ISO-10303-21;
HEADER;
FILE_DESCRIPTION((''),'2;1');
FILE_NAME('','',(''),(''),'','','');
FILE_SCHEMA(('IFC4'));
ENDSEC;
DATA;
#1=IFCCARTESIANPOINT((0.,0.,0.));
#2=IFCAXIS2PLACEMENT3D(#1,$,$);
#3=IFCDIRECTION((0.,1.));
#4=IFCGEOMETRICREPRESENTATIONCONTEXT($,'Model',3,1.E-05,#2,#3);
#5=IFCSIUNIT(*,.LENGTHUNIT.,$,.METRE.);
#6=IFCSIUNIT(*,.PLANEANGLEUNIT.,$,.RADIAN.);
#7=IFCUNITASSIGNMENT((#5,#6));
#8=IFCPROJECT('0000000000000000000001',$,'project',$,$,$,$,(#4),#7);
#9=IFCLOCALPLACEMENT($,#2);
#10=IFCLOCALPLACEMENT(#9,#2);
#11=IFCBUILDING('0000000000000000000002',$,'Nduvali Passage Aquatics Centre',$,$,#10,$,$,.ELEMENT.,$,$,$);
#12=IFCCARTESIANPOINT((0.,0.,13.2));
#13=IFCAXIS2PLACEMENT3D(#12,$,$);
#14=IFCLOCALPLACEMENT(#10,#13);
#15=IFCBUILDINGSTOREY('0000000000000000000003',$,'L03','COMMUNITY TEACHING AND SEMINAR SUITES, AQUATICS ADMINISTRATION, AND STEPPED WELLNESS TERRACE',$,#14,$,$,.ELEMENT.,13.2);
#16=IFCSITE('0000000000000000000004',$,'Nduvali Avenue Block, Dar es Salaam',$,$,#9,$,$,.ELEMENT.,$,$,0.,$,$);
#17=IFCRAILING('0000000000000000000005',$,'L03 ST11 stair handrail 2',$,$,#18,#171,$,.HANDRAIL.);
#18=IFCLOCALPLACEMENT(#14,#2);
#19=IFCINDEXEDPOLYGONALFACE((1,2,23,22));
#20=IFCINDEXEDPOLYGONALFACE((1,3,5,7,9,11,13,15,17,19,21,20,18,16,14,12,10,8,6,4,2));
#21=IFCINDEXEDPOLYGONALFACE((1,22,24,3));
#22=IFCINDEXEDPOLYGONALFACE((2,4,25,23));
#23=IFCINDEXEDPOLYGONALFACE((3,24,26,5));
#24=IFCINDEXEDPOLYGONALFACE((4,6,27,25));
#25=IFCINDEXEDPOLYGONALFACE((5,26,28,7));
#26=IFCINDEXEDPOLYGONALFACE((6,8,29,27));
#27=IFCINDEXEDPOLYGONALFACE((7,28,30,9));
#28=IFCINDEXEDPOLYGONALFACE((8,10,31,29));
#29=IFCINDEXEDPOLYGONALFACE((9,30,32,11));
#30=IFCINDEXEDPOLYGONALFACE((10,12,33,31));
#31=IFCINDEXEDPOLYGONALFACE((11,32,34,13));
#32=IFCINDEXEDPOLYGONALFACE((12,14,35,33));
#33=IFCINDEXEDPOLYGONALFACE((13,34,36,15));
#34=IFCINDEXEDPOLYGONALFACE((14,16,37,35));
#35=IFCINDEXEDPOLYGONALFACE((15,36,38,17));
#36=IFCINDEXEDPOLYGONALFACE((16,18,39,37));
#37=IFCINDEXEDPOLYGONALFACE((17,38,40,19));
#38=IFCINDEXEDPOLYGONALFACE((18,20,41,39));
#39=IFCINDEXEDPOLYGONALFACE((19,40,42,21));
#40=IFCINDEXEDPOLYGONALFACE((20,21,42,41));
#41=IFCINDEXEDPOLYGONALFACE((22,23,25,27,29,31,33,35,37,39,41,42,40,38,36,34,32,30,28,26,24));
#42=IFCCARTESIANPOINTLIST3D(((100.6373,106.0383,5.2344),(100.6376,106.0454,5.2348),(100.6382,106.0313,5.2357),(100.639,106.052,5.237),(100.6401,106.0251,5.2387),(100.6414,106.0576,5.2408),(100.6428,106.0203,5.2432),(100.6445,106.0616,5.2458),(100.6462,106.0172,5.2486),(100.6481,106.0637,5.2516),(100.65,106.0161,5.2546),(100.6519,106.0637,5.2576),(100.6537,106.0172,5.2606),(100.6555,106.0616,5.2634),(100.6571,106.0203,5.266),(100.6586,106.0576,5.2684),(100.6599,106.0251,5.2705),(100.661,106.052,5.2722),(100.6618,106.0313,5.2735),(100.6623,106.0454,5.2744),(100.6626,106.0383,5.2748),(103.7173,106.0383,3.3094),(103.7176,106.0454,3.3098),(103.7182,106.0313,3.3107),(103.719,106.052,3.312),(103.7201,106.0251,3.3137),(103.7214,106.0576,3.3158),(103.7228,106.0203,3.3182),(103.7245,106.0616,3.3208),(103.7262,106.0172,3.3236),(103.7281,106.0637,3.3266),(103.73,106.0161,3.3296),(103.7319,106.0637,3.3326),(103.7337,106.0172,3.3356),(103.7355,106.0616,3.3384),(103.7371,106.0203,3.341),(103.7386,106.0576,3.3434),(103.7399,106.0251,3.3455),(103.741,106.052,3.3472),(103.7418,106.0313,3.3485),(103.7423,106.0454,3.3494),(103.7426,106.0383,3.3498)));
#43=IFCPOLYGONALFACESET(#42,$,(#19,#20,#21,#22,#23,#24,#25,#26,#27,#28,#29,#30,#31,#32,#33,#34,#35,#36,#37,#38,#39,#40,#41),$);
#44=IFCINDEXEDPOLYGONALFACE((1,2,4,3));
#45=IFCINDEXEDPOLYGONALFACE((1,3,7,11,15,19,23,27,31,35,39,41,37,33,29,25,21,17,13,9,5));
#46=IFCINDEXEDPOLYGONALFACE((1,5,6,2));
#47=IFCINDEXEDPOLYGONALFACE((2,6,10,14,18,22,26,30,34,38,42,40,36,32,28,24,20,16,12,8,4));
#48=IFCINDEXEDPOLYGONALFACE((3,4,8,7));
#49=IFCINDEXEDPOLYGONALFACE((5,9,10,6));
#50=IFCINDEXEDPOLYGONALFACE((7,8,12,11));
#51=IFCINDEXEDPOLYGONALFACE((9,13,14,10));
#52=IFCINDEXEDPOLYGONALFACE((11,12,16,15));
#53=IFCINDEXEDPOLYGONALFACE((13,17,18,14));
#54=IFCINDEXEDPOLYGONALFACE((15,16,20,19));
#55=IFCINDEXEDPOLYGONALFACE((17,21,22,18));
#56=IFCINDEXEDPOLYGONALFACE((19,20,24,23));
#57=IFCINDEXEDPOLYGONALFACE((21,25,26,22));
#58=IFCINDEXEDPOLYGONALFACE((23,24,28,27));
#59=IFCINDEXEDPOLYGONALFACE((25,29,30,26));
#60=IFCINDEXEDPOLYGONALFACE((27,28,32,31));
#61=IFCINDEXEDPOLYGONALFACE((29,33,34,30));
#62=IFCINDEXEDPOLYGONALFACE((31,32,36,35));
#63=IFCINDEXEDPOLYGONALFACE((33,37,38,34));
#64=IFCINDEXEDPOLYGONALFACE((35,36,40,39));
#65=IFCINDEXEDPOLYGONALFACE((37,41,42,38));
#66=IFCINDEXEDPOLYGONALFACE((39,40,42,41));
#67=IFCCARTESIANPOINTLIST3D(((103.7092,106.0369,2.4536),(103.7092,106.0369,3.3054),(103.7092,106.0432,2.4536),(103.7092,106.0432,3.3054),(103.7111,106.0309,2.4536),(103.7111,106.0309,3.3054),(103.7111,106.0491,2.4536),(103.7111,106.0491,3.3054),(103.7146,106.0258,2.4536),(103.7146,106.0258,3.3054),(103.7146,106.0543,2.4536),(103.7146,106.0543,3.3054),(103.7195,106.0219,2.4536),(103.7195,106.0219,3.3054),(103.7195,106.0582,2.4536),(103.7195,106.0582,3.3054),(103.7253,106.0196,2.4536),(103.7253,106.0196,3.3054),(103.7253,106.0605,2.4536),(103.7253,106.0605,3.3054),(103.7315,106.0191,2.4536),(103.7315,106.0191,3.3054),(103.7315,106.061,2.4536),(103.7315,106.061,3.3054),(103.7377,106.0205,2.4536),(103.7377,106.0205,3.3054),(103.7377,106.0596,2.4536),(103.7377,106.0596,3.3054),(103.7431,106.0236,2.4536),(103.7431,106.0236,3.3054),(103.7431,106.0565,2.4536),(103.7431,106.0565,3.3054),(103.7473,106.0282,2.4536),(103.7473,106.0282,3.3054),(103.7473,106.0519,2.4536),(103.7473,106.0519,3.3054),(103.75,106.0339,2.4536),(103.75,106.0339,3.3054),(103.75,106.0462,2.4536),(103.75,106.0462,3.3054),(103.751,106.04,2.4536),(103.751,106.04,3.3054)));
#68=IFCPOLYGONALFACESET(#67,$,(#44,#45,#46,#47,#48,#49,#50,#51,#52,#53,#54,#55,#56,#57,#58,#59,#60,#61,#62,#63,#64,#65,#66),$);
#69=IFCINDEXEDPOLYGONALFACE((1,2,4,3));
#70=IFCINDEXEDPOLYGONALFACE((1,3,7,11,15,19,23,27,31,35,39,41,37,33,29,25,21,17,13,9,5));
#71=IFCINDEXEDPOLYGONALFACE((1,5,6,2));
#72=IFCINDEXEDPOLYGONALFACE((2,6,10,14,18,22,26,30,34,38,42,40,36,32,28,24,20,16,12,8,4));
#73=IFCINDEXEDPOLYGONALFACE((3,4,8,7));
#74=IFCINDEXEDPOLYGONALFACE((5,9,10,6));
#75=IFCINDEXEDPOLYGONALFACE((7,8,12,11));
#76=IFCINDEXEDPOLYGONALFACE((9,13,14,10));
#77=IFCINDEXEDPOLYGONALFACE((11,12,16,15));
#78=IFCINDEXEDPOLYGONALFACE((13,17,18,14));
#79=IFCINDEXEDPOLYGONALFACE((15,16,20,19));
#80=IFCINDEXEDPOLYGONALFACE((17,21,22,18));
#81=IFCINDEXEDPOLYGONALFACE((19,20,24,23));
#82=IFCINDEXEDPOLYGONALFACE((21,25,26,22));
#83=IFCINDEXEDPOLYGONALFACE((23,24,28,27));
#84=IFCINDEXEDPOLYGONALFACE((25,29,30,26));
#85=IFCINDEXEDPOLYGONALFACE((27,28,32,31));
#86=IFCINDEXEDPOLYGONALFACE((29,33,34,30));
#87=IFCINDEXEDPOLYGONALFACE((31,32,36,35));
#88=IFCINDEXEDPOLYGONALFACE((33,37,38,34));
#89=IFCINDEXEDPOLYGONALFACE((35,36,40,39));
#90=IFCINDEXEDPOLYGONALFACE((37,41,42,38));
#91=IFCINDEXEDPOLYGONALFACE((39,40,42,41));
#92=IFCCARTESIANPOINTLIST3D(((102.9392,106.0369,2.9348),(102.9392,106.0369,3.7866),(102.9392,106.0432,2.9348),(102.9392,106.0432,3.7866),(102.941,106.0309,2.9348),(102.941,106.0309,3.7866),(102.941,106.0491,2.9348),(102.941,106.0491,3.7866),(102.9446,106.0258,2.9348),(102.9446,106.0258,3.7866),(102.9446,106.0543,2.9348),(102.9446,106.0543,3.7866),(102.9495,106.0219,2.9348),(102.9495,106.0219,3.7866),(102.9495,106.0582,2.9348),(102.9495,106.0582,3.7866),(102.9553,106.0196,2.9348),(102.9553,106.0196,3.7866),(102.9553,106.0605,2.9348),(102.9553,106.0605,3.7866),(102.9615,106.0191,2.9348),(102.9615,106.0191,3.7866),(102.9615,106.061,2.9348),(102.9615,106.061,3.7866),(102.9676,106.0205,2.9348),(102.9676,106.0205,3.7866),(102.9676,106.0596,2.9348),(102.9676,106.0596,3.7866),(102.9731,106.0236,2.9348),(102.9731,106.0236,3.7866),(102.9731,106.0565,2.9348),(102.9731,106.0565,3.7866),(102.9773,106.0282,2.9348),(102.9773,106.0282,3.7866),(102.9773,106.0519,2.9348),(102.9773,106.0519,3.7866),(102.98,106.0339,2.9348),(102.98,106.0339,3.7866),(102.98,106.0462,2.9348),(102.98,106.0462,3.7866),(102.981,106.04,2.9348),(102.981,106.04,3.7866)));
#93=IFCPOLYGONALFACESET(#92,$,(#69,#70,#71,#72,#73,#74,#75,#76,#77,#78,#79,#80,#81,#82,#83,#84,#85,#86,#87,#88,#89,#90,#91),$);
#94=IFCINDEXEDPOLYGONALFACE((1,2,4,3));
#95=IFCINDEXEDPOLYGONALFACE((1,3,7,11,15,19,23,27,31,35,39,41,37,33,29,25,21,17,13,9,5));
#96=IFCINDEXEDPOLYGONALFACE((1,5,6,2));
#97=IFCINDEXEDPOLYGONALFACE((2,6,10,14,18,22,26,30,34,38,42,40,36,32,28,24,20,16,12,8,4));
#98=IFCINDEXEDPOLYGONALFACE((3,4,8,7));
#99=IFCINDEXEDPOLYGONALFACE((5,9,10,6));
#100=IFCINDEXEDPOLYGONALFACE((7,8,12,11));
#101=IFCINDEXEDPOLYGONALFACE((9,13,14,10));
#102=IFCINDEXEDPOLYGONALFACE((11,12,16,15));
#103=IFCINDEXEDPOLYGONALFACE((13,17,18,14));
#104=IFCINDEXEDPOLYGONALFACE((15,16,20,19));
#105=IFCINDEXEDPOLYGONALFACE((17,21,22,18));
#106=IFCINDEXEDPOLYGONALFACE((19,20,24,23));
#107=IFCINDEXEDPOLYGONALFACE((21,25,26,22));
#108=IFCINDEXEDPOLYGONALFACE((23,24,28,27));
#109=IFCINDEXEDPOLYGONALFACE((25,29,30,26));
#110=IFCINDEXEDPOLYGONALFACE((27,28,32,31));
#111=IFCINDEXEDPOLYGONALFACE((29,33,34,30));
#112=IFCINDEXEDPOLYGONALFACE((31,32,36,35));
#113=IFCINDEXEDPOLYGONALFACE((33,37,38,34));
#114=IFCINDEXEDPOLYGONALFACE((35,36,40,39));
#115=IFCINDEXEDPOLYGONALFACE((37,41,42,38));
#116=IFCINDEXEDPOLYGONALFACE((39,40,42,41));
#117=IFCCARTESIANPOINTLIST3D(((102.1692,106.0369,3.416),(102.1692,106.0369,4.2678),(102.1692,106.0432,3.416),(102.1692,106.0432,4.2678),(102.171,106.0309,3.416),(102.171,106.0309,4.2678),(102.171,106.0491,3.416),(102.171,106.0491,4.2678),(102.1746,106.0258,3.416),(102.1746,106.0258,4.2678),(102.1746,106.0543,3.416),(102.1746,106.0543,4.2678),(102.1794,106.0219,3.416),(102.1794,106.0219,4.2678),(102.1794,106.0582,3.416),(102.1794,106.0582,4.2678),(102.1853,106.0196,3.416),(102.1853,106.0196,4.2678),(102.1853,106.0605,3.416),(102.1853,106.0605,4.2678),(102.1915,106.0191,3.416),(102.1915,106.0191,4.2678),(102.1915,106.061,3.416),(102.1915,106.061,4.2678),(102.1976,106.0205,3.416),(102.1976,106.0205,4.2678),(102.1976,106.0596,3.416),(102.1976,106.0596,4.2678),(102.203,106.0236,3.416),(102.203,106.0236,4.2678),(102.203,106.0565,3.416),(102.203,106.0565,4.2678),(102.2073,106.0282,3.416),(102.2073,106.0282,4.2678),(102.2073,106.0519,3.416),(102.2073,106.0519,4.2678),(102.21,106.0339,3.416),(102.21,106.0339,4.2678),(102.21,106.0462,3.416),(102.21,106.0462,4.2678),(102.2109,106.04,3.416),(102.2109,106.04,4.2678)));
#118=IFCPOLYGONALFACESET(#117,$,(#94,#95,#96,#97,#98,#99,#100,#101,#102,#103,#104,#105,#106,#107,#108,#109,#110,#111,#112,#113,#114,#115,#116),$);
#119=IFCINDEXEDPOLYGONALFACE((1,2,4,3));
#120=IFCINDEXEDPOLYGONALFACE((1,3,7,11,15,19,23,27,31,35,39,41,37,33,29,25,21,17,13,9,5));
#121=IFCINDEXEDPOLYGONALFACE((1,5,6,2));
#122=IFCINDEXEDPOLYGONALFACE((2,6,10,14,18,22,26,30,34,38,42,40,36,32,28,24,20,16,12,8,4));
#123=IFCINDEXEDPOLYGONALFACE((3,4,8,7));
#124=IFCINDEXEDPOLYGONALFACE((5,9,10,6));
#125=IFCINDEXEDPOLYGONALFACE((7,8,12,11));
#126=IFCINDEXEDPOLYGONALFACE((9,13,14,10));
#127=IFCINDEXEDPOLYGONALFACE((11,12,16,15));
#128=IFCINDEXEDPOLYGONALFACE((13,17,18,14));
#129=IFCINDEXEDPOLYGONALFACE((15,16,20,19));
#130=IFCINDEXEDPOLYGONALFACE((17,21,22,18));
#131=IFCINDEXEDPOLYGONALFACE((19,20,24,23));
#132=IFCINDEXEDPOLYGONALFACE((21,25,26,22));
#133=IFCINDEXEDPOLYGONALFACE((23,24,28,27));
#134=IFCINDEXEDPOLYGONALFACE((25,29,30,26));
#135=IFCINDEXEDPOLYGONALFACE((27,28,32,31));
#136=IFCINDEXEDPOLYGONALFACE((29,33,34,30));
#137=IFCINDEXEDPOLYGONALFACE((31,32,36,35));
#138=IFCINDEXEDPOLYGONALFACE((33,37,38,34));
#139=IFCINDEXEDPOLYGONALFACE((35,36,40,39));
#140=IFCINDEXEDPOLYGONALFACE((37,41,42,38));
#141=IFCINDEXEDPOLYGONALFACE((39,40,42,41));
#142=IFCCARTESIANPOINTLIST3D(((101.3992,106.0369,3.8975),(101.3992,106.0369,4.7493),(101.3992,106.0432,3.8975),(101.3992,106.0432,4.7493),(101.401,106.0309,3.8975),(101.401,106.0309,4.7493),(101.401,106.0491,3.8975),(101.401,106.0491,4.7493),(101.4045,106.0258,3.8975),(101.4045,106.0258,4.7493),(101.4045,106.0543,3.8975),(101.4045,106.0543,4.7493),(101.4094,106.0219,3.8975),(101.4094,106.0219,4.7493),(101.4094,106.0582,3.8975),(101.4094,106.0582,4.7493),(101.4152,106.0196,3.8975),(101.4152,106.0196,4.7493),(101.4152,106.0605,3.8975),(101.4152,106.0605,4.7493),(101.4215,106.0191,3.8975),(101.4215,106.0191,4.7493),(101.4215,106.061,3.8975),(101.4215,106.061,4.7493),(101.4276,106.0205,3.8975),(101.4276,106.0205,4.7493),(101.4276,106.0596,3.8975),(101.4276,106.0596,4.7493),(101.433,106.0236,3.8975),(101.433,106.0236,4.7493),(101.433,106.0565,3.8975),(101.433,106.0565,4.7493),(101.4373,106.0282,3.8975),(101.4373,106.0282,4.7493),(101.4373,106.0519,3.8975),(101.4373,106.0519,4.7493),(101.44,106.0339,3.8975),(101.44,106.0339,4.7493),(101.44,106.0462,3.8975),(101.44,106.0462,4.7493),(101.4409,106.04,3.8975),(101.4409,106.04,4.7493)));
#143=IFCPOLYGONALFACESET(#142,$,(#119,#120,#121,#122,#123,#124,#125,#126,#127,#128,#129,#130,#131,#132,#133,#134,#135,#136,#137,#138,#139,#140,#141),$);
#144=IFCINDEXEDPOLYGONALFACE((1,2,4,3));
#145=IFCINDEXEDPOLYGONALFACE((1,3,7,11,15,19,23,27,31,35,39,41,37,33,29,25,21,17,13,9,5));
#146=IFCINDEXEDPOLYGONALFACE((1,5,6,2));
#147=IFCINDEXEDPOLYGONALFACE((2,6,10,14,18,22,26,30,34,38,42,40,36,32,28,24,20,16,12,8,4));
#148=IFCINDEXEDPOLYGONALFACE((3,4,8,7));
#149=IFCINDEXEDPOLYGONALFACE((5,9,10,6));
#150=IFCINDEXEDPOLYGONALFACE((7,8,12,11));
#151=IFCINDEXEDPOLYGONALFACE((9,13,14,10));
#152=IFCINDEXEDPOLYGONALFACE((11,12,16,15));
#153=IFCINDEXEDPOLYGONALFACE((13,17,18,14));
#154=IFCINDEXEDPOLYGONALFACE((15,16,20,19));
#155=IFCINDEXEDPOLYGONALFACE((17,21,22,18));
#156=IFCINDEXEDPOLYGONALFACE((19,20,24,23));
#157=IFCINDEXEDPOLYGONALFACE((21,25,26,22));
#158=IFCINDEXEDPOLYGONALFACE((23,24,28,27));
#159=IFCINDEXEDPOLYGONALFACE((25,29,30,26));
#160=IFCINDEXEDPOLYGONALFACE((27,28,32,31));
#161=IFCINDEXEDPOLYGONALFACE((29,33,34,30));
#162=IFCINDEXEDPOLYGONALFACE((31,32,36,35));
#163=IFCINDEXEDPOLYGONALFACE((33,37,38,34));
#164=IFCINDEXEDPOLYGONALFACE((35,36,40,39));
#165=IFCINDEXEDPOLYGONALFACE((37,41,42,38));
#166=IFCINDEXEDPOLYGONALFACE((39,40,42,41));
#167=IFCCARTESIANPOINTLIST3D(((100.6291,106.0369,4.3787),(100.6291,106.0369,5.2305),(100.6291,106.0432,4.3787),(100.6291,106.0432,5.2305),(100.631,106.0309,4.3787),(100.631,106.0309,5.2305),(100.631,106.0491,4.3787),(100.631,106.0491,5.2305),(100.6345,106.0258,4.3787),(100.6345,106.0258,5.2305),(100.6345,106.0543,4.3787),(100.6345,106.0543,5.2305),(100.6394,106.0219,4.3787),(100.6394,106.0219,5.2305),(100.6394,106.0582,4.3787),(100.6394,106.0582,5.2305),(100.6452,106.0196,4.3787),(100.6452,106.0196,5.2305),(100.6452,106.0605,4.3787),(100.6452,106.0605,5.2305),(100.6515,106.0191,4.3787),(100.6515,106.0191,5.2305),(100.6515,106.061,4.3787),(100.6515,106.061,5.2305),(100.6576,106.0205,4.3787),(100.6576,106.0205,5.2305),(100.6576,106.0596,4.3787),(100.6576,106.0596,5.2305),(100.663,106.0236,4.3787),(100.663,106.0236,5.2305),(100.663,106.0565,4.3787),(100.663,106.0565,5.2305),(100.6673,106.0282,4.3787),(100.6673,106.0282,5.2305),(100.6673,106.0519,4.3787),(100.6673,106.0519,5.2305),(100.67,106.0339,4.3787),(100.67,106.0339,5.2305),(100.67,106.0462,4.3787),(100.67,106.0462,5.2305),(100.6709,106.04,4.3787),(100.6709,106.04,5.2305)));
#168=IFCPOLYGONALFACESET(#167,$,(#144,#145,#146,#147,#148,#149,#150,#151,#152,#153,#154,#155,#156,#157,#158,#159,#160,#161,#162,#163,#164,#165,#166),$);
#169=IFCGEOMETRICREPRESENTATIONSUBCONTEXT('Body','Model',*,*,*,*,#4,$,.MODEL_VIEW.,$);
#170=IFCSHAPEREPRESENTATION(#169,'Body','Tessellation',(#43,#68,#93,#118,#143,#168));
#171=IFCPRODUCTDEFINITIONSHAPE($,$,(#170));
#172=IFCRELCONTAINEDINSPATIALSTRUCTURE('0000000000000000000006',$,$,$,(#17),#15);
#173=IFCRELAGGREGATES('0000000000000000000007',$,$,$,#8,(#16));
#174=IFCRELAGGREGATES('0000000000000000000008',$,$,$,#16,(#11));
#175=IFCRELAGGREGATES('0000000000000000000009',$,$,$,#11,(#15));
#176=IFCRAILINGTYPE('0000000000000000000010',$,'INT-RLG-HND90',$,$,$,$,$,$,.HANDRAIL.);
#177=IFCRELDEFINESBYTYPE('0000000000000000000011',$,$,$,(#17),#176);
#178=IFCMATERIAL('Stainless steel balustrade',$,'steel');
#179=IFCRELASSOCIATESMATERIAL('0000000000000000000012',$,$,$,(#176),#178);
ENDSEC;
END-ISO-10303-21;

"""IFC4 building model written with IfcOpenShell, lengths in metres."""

from ifc_helpers import new_model, si_unit, direction, frame, origin, origin_2d, place, context, subcontext, project, spatial, circle, extrude, material, type_object, element, save


model = new_model("IFC4")

# Units and contexts
model_context = context("Model", 3, precision=1e-05, world=origin(), true_north=direction((0.0, 1.0)))
body_context = subcontext(model_context, "Body", "Model", "MODEL_VIEW")
ifc_project = project(units=[si_unit("LENGTHUNIT", "METRE"), si_unit("PLANEANGLEUNIT", "RADIAN")], contexts=[model_context])

# Site, building, storey
site_placement = place(None, origin())
site = spatial("IfcSite", under=ifc_project, at=site_placement, Name="Nduvali Avenue Block, Dar es Salaam", CompositionType="ELEMENT", RefElevation=0.0)
building_placement = place(site_placement, origin())
building = spatial("IfcBuilding", under=site, at=building_placement, Name="Nduvali Passage Aquatics Centre", CompositionType="ELEMENT")
storey_placement = place(building_placement, frame((0.0, 0.0, 13.2)))
storey = spatial("IfcBuildingStorey", under=building, at=storey_placement, Name="L03", Description="COMMUNITY TEACHING AND SEMINAR SUITES, AQUATICS ADMINISTRATION, AND STEPPED WELLNESS TERRACE", CompositionType="ELEMENT", Elevation=13.2)

# Railing
ifc_material_1 = material(Name="Stainless steel balustrade", Category="steel")
railing_type_1 = type_object("IfcRailingType", Name="INT-RLG-HND90", PredefinedType="HANDRAIL", material=ifc_material_1)
railing_1_placement = place(storey_placement, frame((103.73, 106.04, 2.4536)))
element("IfcRailing", 1, at=railing_1_placement, inside=storey, type_object=railing_type_1, Name="L03 ST11 stair handrail 2", PredefinedType="HANDRAIL", context=body_context, shape_type="SweptSolid", body=[
    extrude(circle(Radius=0.0239, at=origin_2d()), frame((0.0, 0.0, 0.876), z_axis=(-0.847998, 0.0, 0.529999), x_axis=(0.0, -1.0, 0.0)), (0.0, 0.0, 1.0), 3.6321),
    extrude(circle(Radius=0.021, at=origin_2d()), origin(), (0.0, 0.0, 1.0), 0.8518),
    extrude(circle(Radius=0.021, at=origin_2d()), frame((-0.77, 0.0, 0.4812)), (0.0, 0.0, 1.0), 0.8518),
    extrude(circle(Radius=0.021, at=origin_2d()), frame((-1.54, 0.0, 0.9624)), (0.0, 0.0, 1.0), 0.8518),
    extrude(circle(Radius=0.021, at=origin_2d()), frame((-2.3101, 0.0, 1.4438)), (0.0, 0.0, 1.0), 0.8518),
    extrude(circle(Radius=0.021, at=origin_2d()), frame((-3.0801, 0.0, 1.925)), (0.0, 0.0, 1.0), 0.8518),
])

save(model, "model.ifc")
